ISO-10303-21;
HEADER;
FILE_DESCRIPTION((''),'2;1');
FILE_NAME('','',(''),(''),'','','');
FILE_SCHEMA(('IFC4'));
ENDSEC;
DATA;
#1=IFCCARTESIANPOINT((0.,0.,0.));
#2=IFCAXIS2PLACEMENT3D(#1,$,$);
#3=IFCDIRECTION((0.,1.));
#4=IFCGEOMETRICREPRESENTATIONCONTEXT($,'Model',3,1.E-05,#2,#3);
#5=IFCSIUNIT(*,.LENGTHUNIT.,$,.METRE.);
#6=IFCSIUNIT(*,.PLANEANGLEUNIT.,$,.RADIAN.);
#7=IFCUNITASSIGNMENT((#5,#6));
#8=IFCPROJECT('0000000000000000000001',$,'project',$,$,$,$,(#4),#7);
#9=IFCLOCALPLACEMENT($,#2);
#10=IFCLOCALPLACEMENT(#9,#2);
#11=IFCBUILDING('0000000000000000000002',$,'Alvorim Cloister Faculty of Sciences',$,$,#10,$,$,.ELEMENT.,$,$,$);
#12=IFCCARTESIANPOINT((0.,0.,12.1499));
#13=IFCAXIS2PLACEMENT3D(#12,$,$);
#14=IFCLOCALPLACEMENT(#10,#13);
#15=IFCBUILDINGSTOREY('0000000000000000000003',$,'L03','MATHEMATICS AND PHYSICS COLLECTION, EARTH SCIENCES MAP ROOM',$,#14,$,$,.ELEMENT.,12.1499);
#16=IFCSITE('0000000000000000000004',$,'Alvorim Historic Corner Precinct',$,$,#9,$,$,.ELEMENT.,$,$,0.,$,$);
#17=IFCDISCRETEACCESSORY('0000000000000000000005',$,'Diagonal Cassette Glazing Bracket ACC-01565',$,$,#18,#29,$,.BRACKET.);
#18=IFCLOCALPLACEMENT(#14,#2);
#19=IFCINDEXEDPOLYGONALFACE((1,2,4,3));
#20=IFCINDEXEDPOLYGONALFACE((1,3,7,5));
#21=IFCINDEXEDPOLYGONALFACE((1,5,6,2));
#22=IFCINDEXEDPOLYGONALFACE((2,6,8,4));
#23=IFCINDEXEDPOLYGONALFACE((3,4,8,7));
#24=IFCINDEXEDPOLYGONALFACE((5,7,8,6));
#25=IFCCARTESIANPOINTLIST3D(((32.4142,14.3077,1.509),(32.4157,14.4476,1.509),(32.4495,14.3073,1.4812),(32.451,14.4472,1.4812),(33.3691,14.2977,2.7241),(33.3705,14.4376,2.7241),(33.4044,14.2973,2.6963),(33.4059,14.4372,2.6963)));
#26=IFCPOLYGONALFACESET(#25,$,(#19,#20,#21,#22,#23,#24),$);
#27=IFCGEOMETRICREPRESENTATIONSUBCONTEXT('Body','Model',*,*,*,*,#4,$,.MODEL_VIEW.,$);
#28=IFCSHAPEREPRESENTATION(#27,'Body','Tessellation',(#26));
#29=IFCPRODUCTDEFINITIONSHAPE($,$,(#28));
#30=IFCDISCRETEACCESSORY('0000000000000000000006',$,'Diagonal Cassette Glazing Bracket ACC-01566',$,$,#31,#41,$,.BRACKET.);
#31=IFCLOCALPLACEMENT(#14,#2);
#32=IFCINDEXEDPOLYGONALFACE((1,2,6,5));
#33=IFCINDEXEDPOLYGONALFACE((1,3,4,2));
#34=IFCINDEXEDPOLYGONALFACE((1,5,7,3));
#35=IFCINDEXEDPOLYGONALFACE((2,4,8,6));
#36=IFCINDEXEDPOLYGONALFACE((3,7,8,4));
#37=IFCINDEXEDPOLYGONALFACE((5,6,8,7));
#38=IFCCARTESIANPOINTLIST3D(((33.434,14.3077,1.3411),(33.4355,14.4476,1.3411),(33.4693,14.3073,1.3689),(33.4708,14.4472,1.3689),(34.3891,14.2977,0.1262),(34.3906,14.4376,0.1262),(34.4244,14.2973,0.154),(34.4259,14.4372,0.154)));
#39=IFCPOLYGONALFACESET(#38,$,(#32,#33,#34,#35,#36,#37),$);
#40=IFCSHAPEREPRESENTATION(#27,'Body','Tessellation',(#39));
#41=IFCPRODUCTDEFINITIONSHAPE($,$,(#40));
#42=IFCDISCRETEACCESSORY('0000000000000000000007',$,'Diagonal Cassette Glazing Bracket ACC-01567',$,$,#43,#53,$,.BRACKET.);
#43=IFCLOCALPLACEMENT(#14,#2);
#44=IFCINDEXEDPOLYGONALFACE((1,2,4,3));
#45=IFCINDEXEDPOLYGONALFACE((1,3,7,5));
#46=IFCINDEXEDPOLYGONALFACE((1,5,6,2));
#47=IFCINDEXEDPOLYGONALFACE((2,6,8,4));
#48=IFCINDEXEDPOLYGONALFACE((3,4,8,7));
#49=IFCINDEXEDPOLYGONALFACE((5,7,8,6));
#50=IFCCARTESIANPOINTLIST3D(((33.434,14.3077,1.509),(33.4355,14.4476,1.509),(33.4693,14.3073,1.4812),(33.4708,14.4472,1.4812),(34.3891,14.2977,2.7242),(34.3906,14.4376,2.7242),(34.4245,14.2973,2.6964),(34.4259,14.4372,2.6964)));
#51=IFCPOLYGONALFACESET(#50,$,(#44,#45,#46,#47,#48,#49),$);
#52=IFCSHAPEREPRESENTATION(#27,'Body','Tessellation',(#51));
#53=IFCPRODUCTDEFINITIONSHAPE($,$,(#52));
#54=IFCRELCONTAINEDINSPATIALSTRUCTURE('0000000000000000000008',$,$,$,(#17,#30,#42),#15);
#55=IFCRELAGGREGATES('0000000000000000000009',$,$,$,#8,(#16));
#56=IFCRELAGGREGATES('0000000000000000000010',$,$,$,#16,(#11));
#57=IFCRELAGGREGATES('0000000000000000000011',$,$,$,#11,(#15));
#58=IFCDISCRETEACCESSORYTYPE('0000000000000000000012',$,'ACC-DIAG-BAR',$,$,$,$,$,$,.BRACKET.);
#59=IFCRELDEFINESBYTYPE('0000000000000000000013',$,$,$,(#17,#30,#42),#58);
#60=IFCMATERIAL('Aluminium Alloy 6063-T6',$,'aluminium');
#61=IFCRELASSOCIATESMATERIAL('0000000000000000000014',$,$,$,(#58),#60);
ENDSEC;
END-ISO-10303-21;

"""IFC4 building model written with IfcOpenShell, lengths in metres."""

from ifc_helpers import new_model, si_unit, direction, frame, origin, origin_2d, place, context, subcontext, project, spatial, rectangle, extrude, material, type_object, element, save


model = new_model("IFC4")

# Units and contexts
model_context = context("Model", 3, precision=1e-05, world=origin(), true_north=direction((0.0, 1.0)))
body_context = subcontext(model_context, "Body", "Model", "MODEL_VIEW")
ifc_project = project(units=[si_unit("LENGTHUNIT", "METRE"), si_unit("PLANEANGLEUNIT", "RADIAN")], contexts=[model_context])

# Site, building, storey
site_placement = place(None, origin())
site = spatial("IfcSite", under=ifc_project, at=site_placement, Name="Alvorim Historic Corner Precinct", CompositionType="ELEMENT", RefElevation=0.0)
building_placement = place(site_placement, origin())
building = spatial("IfcBuilding", under=site, at=building_placement, Name="Alvorim Cloister Faculty of Sciences", CompositionType="ELEMENT")
storey_placement = place(building_placement, frame((0.0, 0.0, 12.1499)))
storey = spatial("IfcBuildingStorey", under=building, at=storey_placement, Name="L03", Description="MATHEMATICS AND PHYSICS COLLECTION, EARTH SCIENCES MAP ROOM", CompositionType="ELEMENT", Elevation=12.1499)

# Shared definitions
ifc_material_1 = material(Name="Aluminium Alloy 6063-T6", Category="aluminium")

# Discrete accessories
discrete_accessory_type = type_object("IfcDiscreteAccessoryType", Name="ACC-DIAG-BAR", PredefinedType="BRACKET", material=ifc_material_1)
for number, where, z_axis, x_axis, name in (
    (1, (32.4326, 14.3774, 1.4951), (0.617857, -0.006477, 0.786263), (0.010483, 0.999945, 0.0), "Diagonal Cassette Glazing Bracket ACC-01565"),
    (2, (33.4524, 14.3774, 1.355), (0.618032, -0.006477, -0.786126), (0.01048, 0.999945, 0.0), "Diagonal Cassette Glazing Bracket ACC-01566"),
):
    element("IfcDiscreteAccessory", number, at=place(storey_placement, frame(where, z_axis=z_axis, x_axis=x_axis)), inside=storey, type_object=discrete_accessory_type, Name=name, PredefinedType="BRACKET", context=body_context, shape_type="SweptSolid", body=[
        extrude(rectangle(XDim=0.1399, YDim=0.0449, at=origin_2d()), origin(), (0.0, 0.0, 1.0), 1.5454),
    ])
discrete_accessory_1_placement = place(storey_placement, frame((33.4524, 14.3774, 1.4951), z_axis=(0.617955, -0.006477, 0.786187), x_axis=(0.01048, 0.999945, 0.0)))
element("IfcDiscreteAccessory", 3, at=discrete_accessory_1_placement, inside=storey, type_object=discrete_accessory_type, Name="Diagonal Cassette Glazing Bracket ACC-01567", PredefinedType="BRACKET", context=body_context, shape_type="SweptSolid", body=[
    extrude(rectangle(XDim=0.1399, YDim=0.0449, at=origin_2d()), origin(), (0.0, 0.0, 1.0), 1.5457),
])

save(model, "model.ifc")
